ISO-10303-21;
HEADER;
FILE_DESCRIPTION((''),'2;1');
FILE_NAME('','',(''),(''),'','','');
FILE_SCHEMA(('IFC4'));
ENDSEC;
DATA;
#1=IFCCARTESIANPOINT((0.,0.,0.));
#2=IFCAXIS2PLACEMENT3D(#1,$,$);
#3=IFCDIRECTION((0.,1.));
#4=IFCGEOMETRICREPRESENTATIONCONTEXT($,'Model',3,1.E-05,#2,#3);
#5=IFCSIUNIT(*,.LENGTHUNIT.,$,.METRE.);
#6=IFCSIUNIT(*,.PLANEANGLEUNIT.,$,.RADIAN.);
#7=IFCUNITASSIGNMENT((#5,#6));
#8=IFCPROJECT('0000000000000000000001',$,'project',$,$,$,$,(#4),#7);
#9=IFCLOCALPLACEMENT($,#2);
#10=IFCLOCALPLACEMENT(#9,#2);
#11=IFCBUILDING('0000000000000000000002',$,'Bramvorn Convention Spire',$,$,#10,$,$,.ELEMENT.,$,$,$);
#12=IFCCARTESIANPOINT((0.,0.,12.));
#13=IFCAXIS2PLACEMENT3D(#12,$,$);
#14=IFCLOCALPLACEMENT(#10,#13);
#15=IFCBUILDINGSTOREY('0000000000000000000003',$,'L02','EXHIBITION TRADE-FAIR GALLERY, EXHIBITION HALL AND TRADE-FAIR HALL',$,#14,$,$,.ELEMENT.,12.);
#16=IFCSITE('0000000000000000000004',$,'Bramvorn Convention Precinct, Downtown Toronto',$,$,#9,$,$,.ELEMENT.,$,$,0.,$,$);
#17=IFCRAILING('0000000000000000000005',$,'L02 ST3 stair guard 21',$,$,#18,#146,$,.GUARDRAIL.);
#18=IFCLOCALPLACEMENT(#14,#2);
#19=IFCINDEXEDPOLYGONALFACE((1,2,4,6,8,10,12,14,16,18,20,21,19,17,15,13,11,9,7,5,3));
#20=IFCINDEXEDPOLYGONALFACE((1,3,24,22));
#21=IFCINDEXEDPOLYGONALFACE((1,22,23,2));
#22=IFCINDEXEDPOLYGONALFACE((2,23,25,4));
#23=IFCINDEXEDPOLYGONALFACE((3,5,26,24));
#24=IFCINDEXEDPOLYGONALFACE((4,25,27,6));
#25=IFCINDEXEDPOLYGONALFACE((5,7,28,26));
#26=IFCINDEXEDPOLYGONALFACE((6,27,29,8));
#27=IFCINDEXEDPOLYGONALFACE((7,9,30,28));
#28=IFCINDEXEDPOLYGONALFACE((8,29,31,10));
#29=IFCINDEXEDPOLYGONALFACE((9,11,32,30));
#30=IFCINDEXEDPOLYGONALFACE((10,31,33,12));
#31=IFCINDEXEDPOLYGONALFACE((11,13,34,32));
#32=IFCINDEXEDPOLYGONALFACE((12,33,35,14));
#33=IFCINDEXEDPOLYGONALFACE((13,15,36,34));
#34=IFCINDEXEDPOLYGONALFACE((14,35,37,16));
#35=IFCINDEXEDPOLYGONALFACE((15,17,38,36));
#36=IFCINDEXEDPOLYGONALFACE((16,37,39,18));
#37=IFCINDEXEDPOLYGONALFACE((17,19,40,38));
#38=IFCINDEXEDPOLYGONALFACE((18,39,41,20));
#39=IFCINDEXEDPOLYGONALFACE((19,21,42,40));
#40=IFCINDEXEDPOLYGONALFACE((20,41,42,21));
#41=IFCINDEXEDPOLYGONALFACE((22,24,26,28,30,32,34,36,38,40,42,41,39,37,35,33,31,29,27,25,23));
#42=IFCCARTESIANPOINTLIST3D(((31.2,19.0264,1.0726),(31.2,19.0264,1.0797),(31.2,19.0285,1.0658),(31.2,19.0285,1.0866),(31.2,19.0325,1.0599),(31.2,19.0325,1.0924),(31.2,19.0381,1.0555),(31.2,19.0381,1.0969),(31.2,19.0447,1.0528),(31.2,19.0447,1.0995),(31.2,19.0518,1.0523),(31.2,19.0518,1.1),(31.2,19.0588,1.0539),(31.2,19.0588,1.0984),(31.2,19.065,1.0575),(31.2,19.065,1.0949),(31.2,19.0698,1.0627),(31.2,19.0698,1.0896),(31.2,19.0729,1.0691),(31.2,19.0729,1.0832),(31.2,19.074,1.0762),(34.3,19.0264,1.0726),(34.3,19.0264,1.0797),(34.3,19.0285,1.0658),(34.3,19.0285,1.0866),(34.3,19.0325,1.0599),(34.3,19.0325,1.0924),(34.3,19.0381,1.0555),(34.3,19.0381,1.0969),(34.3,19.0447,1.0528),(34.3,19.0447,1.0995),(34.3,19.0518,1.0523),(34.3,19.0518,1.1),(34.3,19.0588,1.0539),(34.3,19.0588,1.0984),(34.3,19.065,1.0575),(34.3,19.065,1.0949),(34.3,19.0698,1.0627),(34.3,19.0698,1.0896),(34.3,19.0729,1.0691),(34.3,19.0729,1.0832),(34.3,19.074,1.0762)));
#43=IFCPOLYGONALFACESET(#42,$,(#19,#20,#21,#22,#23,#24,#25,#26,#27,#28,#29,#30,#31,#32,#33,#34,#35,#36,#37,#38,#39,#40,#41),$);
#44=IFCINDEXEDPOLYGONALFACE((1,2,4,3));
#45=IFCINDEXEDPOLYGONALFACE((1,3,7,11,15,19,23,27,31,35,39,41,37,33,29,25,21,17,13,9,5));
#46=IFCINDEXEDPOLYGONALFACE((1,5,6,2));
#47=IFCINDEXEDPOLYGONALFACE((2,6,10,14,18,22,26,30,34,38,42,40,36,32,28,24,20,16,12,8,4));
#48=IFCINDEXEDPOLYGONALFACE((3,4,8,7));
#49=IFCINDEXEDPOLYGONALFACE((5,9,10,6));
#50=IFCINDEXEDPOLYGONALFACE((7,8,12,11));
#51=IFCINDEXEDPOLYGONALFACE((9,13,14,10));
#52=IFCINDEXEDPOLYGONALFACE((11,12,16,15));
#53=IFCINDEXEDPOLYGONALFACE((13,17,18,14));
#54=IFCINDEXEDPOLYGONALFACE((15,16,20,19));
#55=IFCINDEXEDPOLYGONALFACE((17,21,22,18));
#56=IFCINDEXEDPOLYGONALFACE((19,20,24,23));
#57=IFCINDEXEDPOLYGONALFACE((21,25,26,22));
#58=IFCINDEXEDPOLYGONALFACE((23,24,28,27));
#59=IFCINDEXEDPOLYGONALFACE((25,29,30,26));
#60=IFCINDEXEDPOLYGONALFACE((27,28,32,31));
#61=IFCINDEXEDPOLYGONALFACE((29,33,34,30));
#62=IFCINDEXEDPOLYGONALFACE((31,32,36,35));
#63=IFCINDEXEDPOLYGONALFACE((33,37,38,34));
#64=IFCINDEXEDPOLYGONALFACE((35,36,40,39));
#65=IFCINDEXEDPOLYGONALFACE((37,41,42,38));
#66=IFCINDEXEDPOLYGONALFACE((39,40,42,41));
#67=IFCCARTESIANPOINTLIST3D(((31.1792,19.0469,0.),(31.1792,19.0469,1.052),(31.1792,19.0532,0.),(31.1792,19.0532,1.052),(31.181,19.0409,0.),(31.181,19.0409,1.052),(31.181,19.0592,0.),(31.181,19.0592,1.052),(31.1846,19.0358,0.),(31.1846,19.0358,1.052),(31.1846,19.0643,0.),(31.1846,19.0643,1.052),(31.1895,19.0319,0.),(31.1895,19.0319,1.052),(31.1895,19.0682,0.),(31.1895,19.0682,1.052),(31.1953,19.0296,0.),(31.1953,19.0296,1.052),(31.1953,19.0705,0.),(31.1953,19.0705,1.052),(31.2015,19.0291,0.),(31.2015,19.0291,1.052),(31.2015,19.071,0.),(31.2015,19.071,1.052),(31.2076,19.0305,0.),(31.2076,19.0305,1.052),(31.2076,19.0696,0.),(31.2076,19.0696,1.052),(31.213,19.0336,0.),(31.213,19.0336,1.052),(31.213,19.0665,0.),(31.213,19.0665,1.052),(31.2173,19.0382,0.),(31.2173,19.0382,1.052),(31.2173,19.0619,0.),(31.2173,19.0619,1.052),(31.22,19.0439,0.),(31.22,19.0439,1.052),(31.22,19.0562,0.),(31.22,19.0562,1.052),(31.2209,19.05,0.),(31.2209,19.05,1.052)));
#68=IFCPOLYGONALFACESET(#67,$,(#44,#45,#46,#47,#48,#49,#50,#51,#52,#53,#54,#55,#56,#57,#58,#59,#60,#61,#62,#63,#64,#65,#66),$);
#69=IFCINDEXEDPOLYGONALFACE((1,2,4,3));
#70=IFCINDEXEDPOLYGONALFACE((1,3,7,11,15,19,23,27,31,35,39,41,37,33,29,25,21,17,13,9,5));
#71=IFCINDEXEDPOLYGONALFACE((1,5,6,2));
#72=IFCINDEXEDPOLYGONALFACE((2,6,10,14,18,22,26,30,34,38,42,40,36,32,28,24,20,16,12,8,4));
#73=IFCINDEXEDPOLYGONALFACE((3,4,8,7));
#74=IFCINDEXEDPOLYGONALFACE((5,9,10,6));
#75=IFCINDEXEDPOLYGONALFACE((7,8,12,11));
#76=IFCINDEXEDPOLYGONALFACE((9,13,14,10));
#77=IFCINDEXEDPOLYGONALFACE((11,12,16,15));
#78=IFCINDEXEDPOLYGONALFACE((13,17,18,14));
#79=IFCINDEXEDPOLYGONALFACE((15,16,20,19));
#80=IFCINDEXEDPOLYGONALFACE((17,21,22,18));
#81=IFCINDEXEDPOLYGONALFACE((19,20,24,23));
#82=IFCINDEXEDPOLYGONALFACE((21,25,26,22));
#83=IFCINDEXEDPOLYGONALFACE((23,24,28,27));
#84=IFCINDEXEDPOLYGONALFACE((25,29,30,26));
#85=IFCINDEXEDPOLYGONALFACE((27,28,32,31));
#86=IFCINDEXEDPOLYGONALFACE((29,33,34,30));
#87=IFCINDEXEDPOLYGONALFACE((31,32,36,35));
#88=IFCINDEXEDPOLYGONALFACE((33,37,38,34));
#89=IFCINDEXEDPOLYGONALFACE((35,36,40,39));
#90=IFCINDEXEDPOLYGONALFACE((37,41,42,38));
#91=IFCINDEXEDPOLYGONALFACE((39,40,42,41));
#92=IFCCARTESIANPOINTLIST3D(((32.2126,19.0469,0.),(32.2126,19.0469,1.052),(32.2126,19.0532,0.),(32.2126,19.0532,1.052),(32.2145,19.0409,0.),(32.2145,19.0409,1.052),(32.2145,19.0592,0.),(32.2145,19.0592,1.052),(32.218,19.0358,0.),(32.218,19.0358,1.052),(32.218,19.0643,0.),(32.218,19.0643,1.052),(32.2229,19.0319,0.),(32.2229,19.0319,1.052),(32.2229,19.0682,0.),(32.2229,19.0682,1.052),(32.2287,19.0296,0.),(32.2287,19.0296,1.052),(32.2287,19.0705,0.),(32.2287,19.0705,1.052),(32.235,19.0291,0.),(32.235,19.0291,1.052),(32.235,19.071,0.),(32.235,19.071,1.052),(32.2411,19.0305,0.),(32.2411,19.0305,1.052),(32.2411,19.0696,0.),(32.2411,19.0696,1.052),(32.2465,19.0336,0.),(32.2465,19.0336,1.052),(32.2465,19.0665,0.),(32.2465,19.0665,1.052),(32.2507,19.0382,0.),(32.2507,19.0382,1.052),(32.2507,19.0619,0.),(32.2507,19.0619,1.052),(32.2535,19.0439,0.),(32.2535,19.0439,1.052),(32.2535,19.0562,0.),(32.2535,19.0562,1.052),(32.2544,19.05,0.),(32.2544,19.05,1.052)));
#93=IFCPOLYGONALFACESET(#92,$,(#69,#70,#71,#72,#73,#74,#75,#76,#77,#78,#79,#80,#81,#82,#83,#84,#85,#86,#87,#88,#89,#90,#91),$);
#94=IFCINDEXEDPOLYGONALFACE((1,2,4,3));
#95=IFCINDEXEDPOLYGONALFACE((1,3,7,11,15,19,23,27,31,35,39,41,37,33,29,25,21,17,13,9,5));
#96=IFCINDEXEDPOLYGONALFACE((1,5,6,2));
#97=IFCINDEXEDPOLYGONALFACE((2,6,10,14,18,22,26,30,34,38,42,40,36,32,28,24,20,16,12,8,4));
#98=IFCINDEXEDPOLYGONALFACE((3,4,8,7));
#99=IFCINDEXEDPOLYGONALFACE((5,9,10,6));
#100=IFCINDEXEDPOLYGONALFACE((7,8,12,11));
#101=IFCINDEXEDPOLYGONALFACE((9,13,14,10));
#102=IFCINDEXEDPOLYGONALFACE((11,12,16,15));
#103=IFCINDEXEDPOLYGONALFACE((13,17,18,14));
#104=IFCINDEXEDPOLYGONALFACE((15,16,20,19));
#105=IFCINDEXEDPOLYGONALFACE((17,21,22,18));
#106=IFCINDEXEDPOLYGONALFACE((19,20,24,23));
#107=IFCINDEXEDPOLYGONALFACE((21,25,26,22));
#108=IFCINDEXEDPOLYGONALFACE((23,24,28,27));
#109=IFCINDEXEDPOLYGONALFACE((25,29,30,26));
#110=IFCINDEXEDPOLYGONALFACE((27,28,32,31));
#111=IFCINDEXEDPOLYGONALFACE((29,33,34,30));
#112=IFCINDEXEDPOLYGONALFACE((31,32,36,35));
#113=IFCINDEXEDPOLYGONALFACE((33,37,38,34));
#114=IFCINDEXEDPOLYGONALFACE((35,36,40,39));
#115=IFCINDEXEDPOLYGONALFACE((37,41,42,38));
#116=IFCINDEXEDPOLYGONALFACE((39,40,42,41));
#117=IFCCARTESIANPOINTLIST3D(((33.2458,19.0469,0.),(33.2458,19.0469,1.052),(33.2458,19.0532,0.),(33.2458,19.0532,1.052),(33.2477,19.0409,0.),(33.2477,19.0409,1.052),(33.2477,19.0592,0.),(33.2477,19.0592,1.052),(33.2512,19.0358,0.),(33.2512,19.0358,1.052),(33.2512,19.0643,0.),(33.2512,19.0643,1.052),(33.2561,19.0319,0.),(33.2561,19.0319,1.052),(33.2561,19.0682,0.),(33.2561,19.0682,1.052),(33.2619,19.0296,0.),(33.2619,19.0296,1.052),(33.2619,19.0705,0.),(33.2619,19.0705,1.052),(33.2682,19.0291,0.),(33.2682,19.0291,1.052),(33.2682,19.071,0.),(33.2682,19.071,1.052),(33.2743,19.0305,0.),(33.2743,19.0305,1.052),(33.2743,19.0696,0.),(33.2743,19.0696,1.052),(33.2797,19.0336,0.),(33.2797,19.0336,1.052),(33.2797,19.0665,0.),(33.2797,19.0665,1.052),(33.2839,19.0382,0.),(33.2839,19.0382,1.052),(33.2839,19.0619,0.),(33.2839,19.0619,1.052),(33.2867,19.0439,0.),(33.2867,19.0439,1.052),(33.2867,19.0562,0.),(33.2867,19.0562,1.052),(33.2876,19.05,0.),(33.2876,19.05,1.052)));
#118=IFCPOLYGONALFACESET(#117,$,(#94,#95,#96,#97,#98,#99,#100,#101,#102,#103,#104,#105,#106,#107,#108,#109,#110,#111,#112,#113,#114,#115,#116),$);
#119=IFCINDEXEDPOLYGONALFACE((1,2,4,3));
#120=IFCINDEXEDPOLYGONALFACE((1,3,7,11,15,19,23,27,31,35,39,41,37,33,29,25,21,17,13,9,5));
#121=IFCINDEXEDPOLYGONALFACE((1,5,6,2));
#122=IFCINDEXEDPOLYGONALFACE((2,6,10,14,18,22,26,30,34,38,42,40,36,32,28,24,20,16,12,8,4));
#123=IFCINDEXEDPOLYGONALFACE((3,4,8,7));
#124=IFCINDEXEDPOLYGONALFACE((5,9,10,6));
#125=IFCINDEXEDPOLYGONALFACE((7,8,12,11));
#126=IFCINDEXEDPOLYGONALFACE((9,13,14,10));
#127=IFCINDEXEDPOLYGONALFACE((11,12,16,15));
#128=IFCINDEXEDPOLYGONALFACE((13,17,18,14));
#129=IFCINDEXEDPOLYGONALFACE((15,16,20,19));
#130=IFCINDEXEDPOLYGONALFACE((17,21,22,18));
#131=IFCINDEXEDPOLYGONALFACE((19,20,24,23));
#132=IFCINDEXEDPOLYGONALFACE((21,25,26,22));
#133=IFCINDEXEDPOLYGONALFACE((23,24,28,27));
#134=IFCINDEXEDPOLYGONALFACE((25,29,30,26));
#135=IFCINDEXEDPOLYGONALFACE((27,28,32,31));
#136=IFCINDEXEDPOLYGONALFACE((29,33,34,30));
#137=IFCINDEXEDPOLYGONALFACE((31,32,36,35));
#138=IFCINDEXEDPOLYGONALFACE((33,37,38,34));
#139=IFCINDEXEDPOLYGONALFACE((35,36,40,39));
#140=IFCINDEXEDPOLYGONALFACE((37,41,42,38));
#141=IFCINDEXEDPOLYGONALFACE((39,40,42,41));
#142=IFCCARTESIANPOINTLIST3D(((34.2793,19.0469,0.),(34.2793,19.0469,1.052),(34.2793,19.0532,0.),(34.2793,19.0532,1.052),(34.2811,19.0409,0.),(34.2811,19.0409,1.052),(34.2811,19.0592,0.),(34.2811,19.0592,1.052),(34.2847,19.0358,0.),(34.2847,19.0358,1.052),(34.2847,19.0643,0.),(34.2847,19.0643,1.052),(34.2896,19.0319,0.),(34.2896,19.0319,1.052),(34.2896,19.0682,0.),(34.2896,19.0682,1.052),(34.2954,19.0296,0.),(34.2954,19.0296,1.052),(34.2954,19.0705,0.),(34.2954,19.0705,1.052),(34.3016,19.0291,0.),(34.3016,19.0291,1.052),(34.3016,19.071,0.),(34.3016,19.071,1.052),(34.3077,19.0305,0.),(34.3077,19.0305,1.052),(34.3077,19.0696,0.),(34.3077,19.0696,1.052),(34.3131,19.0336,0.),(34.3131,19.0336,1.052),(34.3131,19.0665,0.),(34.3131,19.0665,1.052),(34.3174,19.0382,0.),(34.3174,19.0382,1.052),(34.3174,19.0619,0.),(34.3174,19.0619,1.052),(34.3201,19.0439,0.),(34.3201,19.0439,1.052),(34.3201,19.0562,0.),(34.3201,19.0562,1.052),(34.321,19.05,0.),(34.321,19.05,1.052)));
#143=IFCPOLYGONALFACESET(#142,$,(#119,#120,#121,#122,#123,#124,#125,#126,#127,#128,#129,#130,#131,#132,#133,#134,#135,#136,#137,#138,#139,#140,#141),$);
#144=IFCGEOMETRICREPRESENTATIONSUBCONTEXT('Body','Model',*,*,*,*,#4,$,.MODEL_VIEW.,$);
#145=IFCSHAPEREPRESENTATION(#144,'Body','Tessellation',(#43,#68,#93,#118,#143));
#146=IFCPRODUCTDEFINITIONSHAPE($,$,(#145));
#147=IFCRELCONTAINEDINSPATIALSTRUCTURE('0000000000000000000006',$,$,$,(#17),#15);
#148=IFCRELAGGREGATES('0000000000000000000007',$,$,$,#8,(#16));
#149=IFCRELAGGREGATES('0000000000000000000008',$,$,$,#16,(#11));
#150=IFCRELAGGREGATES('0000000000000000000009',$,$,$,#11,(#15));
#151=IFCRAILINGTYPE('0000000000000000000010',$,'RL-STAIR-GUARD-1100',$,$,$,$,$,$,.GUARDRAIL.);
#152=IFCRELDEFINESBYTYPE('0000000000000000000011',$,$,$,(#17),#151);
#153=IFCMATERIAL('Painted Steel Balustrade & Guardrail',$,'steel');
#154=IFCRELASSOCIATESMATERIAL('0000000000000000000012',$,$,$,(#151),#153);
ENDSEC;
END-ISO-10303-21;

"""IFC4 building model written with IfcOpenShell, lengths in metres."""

from ifc_helpers import new_model, si_unit, direction, frame, origin, origin_2d, place, context, subcontext, project, spatial, circle, extrude, material, type_object, element, save


model = new_model("IFC4")

# Units and contexts
model_context = context("Model", 3, precision=1e-05, world=origin(), true_north=direction((0.0, 1.0)))
body_context = subcontext(model_context, "Body", "Model", "MODEL_VIEW")
ifc_project = project(units=[si_unit("LENGTHUNIT", "METRE"), si_unit("PLANEANGLEUNIT", "RADIAN")], contexts=[model_context])

# Site, building, storey
site_placement = place(None, origin())
site = spatial("IfcSite", under=ifc_project, at=site_placement, Name="Bramvorn Convention Precinct, Downtown Toronto", CompositionType="ELEMENT", RefElevation=0.0)
building_placement = place(site_placement, origin())
building = spatial("IfcBuilding", under=site, at=building_placement, Name="Bramvorn Convention Spire", CompositionType="ELEMENT")
storey_placement = place(building_placement, frame((0.0, 0.0, 12.0)))
storey = spatial("IfcBuildingStorey", under=building, at=storey_placement, Name="L02", Description="EXHIBITION TRADE-FAIR GALLERY, EXHIBITION HALL AND TRADE-FAIR HALL", CompositionType="ELEMENT", Elevation=12.0)

# Railing
ifc_material_1 = material(Name="Painted Steel Balustrade & Guardrail", Category="steel")
railing_type = type_object("IfcRailingType", Name="RL-STAIR-GUARD-1100", PredefinedType="GUARDRAIL", material=ifc_material_1)
railing_1_placement = place(storey_placement, frame((31.2, 19.05, 0.0)))
element("IfcRailing", 1, at=railing_1_placement, inside=storey, type_object=railing_type, Name="L02 ST3 stair guard 21", PredefinedType="GUARDRAIL", context=body_context, shape_type="SweptSolid", body=[
    extrude(circle(Radius=0.0239, at=origin_2d()), frame((0.0, 0.0, 1.0762), z_axis=(1.0, 0.0, 0.0), x_axis=(0.0, 1.0, 0.0)), (0.0, 0.0, 1.0), 3.1001),
    extrude(circle(Radius=0.021, at=origin_2d()), origin(), (0.0, 0.0, 1.0), 1.052),
    extrude(circle(Radius=0.021, at=origin_2d()), frame((1.0334, 0.0, 0.0)), (0.0, 0.0, 1.0), 1.052),
    extrude(circle(Radius=0.021, at=origin_2d()), frame((2.0667, 0.0, 0.0)), (0.0, 0.0, 1.0), 1.052),
    extrude(circle(Radius=0.021, at=origin_2d()), frame((3.1001, 0.0, 0.0)), (0.0, 0.0, 1.0), 1.052),
])

save(model, "model.ifc")
